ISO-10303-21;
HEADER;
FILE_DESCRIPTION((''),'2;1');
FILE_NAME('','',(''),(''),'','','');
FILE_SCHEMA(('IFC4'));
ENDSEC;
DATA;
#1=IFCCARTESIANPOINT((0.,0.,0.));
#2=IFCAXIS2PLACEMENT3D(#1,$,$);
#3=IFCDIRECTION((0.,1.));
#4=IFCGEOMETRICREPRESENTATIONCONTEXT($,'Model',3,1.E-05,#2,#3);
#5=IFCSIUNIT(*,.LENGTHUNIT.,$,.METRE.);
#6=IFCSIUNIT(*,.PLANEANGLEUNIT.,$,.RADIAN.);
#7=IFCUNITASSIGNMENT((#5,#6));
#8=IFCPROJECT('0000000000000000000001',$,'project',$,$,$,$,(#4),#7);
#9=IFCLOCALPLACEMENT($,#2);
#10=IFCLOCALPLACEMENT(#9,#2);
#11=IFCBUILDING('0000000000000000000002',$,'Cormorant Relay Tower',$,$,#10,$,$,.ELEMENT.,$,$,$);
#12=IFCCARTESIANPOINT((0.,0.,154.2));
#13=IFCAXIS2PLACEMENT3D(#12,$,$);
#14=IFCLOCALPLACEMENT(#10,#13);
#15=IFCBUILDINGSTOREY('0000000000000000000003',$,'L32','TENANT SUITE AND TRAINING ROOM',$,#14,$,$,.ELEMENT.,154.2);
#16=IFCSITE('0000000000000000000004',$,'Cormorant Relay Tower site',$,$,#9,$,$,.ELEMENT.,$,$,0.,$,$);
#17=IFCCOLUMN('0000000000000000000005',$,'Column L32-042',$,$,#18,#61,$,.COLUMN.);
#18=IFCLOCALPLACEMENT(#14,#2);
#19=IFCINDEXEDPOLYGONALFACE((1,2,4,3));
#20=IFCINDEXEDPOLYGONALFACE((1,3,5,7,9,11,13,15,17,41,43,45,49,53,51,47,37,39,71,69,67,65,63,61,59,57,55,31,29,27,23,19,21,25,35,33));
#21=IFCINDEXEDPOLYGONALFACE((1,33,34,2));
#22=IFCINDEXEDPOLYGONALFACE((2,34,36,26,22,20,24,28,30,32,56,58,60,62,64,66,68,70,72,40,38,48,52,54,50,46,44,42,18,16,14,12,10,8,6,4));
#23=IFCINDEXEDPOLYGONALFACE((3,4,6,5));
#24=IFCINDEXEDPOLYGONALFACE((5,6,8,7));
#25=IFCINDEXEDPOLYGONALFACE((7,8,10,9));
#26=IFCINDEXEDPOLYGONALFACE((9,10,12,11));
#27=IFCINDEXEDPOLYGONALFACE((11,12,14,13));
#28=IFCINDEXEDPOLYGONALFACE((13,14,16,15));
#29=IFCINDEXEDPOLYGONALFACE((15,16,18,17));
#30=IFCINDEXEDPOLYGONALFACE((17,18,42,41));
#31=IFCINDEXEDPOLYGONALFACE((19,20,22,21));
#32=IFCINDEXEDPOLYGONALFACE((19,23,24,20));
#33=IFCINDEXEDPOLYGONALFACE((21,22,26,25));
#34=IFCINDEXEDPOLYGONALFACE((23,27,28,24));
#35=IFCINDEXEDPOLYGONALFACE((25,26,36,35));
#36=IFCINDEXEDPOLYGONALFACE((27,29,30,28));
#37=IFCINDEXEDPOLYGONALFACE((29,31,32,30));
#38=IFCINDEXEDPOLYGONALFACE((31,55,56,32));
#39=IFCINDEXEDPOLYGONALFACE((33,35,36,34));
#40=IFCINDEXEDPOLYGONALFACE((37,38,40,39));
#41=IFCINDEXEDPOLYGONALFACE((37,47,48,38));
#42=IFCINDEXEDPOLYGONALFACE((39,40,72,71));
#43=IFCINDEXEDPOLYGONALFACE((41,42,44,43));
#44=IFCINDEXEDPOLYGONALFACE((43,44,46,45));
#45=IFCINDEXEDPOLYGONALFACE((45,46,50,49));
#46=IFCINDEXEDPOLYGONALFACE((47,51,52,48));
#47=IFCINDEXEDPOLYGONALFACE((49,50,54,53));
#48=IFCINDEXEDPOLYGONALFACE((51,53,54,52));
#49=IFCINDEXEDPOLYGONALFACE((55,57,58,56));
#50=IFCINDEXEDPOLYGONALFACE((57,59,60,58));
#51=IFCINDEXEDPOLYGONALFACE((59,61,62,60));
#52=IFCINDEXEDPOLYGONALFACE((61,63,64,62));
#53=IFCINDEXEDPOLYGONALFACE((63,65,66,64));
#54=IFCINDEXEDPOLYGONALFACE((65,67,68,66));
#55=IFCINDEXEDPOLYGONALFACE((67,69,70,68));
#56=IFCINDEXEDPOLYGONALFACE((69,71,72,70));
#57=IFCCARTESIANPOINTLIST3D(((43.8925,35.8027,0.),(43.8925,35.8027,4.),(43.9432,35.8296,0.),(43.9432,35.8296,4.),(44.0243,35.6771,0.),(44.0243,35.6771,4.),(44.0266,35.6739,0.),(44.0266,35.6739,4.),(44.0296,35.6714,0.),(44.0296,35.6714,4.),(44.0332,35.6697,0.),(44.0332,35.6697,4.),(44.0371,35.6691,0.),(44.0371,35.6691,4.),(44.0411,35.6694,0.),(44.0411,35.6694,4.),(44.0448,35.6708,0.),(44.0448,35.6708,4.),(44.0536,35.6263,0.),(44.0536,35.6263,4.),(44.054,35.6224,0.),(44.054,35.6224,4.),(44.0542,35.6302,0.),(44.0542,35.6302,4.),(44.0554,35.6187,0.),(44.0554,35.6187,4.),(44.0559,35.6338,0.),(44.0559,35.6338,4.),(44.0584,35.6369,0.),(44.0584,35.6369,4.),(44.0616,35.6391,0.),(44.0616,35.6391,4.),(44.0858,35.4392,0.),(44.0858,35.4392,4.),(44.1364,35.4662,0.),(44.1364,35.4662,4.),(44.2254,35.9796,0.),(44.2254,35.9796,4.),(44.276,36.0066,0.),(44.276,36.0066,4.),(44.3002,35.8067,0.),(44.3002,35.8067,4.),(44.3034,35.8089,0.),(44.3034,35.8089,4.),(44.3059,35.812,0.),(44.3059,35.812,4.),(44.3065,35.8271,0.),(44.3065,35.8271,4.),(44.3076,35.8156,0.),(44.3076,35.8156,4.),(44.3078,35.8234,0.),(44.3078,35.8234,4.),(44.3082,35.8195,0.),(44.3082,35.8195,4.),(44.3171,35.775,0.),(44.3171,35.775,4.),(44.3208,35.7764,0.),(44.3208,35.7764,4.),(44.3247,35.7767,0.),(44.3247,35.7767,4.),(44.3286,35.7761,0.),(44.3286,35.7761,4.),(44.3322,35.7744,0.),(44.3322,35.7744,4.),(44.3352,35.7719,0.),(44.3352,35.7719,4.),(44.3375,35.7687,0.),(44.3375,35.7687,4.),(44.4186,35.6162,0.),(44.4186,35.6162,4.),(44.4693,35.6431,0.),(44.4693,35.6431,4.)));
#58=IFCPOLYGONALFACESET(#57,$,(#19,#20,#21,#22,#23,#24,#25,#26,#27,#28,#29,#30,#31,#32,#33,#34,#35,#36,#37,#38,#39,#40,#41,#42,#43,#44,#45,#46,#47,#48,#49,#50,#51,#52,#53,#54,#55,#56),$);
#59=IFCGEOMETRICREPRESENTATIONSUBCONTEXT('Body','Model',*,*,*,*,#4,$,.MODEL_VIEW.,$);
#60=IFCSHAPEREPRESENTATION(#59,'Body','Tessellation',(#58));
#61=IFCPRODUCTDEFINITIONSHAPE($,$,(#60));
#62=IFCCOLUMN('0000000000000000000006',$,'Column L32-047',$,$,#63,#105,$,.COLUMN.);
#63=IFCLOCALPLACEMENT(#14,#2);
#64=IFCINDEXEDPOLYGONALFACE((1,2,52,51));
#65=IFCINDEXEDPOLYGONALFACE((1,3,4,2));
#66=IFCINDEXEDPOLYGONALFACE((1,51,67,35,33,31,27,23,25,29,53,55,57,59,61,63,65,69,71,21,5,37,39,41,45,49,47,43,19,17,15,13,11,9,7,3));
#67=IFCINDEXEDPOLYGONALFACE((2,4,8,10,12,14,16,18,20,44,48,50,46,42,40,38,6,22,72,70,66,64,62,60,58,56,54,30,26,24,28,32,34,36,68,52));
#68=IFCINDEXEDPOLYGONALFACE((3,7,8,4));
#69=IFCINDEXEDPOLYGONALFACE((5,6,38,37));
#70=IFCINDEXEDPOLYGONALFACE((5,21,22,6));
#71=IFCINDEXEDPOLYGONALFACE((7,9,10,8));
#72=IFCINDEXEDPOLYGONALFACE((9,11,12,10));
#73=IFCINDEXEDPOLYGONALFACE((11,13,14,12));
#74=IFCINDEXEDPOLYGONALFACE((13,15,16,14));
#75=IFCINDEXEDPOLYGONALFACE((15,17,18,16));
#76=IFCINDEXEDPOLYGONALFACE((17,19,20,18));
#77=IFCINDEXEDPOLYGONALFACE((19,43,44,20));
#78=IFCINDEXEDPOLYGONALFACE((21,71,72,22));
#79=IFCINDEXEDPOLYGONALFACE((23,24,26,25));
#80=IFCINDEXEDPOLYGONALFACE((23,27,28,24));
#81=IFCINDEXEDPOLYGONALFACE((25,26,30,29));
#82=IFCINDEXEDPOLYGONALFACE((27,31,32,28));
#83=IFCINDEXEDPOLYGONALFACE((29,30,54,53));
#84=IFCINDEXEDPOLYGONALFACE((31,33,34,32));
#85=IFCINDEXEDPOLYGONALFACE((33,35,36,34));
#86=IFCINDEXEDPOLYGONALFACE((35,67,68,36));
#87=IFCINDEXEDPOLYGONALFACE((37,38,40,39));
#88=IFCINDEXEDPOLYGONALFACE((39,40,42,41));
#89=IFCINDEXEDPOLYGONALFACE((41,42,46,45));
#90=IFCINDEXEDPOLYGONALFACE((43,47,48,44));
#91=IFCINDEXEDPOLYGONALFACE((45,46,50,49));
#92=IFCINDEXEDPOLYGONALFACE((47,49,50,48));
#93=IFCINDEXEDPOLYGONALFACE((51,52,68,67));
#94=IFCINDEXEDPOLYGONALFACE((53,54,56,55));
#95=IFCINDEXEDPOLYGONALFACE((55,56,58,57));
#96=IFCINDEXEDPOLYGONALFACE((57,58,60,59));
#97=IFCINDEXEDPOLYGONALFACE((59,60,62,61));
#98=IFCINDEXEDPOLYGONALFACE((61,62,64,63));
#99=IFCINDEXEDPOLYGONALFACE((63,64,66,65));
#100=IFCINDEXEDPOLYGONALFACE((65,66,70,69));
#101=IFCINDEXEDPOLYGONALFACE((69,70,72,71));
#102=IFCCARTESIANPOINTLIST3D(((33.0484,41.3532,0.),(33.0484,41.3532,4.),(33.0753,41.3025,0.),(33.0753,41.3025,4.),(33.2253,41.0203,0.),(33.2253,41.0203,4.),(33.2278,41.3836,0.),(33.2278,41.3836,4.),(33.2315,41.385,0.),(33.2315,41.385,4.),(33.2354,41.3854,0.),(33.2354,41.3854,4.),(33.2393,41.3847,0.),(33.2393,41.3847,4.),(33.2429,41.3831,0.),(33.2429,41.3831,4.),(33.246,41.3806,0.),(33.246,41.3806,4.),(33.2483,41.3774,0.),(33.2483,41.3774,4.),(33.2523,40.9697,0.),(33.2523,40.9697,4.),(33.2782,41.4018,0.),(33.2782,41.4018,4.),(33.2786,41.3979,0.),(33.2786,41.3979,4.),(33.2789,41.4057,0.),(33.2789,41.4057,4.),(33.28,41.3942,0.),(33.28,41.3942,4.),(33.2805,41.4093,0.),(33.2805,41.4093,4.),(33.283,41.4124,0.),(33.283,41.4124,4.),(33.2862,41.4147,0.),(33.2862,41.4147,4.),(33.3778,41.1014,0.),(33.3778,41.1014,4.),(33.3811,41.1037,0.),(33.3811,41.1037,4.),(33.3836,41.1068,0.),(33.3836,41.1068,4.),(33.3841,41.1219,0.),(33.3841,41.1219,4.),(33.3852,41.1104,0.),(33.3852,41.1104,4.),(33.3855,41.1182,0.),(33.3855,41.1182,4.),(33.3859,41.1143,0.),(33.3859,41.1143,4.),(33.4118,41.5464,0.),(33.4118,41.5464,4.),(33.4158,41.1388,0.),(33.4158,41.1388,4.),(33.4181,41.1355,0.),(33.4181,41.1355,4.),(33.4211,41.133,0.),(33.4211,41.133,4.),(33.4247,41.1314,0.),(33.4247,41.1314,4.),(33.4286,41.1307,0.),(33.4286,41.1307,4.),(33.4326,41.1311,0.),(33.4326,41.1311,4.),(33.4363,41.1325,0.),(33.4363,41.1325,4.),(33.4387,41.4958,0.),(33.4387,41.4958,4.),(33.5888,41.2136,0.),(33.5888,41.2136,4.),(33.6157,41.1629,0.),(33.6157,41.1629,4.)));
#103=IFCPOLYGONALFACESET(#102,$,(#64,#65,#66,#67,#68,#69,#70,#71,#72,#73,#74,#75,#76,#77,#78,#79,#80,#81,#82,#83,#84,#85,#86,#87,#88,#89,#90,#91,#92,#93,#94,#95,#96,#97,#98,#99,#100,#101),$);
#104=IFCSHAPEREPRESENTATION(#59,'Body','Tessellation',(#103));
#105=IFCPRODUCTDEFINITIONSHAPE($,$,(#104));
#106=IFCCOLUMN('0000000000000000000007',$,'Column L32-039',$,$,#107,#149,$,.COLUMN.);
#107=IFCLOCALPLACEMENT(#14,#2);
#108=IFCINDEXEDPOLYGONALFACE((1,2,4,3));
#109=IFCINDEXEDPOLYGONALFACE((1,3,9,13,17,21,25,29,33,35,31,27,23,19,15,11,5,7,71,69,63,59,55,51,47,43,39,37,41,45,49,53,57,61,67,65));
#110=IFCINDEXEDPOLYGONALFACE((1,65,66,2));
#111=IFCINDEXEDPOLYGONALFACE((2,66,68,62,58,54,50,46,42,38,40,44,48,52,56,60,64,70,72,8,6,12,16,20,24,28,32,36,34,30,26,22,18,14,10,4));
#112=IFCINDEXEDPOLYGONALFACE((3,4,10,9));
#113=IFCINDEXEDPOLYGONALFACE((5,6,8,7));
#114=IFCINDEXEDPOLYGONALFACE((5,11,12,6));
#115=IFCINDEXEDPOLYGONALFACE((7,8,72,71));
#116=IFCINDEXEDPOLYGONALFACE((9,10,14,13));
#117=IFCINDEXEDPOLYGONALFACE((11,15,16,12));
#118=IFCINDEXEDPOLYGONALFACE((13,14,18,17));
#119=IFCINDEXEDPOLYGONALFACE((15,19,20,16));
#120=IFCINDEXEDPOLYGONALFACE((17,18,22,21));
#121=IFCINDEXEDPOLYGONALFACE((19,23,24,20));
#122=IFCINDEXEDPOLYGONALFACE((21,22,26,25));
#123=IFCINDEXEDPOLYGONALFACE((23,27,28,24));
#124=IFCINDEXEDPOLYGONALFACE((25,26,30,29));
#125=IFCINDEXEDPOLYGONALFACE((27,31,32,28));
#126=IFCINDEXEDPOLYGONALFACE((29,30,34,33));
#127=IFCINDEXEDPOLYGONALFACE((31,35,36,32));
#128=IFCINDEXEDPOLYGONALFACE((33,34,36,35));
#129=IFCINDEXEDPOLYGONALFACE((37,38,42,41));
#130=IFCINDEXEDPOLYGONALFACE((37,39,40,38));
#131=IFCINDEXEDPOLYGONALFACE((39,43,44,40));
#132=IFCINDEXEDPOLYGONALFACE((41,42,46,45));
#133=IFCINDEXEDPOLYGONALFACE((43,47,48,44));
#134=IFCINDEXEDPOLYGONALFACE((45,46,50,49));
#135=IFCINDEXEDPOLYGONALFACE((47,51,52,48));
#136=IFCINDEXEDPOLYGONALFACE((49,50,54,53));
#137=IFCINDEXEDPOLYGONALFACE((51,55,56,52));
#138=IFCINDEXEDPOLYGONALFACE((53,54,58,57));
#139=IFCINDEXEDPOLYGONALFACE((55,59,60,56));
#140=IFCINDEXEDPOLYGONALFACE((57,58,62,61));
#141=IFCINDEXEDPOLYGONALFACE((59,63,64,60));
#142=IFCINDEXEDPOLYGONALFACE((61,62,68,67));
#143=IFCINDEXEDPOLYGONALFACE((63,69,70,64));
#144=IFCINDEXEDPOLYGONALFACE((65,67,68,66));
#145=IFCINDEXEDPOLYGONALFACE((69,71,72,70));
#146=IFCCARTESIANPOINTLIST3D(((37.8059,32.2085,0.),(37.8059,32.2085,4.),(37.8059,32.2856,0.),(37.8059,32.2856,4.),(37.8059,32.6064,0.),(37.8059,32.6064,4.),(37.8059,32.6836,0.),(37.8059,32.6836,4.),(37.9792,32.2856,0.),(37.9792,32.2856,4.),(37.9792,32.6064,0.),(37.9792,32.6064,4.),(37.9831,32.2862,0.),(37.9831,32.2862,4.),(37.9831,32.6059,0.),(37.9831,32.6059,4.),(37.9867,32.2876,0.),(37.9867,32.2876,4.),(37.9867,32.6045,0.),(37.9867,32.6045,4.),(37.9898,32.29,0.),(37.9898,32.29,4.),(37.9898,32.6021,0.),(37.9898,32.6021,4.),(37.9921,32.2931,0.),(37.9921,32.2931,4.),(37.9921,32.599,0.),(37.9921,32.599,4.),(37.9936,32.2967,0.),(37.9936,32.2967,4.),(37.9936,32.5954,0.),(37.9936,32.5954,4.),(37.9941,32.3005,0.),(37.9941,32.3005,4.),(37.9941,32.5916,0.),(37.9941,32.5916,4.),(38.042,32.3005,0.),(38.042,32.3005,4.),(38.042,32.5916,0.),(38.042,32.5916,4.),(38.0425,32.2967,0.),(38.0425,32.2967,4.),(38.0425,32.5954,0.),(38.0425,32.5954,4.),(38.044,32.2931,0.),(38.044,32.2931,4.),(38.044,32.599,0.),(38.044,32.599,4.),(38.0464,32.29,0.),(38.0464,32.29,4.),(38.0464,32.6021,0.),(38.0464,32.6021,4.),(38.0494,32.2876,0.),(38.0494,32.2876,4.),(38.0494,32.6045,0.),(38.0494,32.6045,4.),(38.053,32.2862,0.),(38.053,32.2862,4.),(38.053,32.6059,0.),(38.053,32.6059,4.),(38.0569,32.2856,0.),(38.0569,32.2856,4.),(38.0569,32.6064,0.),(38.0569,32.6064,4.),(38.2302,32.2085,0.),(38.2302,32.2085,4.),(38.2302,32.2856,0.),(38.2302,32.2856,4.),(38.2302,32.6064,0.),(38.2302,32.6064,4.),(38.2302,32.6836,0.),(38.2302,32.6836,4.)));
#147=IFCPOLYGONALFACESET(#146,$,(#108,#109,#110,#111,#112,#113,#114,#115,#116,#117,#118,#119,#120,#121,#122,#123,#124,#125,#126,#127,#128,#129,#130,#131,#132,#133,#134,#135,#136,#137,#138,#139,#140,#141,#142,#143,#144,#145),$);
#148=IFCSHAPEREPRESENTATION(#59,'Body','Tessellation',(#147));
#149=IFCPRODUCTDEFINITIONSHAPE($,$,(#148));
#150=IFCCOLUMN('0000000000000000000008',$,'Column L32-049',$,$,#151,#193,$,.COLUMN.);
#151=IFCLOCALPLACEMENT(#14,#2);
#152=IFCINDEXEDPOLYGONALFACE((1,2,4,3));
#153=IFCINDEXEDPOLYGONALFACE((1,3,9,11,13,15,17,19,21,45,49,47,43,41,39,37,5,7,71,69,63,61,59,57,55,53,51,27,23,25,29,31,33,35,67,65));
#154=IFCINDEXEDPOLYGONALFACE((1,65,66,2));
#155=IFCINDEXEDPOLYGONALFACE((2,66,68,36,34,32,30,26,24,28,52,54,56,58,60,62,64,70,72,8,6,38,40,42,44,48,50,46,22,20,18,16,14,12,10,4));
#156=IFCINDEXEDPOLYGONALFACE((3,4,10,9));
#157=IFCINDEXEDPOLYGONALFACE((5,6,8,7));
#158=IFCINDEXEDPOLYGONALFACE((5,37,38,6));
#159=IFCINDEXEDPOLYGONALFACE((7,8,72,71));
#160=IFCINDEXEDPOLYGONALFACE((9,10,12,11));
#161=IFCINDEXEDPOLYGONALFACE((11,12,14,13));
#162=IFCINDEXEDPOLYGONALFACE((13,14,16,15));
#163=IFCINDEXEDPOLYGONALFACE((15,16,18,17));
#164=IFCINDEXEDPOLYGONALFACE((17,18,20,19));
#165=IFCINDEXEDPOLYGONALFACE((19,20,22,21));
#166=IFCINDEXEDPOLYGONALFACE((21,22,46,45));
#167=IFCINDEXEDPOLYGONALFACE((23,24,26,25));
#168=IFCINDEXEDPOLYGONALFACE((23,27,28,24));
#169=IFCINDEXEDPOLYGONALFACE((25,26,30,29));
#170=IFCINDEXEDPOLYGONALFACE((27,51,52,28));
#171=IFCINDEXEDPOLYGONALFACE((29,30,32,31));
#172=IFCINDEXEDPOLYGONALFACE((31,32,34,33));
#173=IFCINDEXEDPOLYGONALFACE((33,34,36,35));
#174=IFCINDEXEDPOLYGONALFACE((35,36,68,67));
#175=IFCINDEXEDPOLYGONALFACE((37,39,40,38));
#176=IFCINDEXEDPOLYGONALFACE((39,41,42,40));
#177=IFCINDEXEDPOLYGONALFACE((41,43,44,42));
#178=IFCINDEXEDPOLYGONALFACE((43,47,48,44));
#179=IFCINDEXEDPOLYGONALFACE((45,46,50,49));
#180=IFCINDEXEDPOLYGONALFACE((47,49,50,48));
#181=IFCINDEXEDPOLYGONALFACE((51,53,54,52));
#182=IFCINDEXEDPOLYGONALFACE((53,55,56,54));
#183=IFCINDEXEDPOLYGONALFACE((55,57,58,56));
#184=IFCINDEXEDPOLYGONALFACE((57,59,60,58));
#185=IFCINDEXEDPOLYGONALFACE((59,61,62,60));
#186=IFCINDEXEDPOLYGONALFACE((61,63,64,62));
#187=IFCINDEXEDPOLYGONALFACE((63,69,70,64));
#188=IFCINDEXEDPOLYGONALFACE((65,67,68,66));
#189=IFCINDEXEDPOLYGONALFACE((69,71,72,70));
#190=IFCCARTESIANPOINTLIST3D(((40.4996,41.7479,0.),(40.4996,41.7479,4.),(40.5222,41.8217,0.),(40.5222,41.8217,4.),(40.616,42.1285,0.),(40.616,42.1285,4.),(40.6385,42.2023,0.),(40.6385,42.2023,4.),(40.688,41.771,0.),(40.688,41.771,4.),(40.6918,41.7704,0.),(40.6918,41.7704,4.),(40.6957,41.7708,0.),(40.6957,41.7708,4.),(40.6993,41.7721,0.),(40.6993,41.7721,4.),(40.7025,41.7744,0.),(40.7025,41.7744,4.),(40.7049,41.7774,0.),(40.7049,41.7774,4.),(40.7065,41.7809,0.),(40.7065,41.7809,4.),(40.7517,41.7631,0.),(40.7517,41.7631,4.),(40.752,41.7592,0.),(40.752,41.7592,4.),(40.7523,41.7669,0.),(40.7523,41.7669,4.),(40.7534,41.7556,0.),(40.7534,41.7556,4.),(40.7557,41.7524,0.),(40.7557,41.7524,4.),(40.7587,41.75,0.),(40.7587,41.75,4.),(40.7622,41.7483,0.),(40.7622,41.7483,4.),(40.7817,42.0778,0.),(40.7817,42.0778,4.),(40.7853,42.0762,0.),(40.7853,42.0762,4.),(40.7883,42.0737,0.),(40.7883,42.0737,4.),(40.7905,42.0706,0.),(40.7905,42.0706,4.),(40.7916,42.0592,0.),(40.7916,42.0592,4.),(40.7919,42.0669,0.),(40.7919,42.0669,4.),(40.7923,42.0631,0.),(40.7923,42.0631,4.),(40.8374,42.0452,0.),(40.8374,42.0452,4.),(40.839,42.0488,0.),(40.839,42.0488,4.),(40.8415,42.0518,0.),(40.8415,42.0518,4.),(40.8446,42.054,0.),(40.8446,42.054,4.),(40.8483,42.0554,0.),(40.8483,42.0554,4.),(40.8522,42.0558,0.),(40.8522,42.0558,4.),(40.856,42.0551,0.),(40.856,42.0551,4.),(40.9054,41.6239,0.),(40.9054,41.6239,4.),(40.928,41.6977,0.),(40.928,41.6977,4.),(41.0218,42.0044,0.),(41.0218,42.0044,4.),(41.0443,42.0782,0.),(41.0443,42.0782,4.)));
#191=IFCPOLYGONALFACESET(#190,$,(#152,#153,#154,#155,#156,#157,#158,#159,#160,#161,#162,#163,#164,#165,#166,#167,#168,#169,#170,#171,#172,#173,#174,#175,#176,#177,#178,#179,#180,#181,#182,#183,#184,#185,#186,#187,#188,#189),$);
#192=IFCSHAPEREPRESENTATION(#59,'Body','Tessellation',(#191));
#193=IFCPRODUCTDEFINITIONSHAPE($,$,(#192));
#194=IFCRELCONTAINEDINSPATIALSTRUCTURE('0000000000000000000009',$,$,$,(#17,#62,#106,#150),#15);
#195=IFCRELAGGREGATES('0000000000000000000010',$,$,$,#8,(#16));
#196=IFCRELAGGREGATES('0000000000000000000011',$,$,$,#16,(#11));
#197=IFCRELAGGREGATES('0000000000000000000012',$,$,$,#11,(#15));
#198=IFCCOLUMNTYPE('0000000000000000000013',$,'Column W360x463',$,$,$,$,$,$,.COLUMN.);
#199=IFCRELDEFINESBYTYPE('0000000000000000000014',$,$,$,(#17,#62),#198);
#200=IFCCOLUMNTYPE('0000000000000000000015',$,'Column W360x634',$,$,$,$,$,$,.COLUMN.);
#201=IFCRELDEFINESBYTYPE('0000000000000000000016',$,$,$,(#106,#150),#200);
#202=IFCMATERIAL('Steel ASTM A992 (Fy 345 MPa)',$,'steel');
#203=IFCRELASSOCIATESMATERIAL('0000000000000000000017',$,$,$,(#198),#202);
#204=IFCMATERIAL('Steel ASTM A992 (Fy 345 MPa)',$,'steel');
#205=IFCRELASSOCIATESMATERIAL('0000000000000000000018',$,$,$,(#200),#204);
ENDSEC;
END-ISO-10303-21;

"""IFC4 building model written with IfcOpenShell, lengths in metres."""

from ifc_helpers import new_model, si_unit, direction, frame, origin, origin_2d, place, context, subcontext, project, spatial, i_section, extrude, material, material_profile, profile_set, type_object, element, save


model = new_model("IFC4")

# Units and contexts
model_context = context("Model", 3, precision=1e-05, world=origin(), true_north=direction((0.0, 1.0)))
body_context = subcontext(model_context, "Body", "Model", "MODEL_VIEW")
ifc_project = project(units=[si_unit("LENGTHUNIT", "METRE"), si_unit("PLANEANGLEUNIT", "RADIAN")], contexts=[model_context])

# Site, building, storey
site_placement = place(None, origin())
site = spatial("IfcSite", under=ifc_project, at=site_placement, Name="Cormorant Relay Tower site", CompositionType="ELEMENT", RefElevation=0.0)
building_placement = place(site_placement, origin())
building = spatial("IfcBuilding", under=site, at=building_placement, Name="Cormorant Relay Tower", CompositionType="ELEMENT")
storey_placement = place(building_placement, frame((0.0, 0.0, 154.2)))
storey = spatial("IfcBuildingStorey", under=building, at=storey_placement, Name="L32", Description="TENANT SUITE AND TRAINING ROOM", CompositionType="ELEMENT", Elevation=154.2)

# Columns
ifc_material_1 = material(Name="Steel ASTM A992 (Fy 345 MPa)", Category="steel")
ifc_material_profile_1 = material_profile(ifc_material_1, i_section(OverallWidth=0.4116, OverallDepth=0.4343, WebThickness=0.0359, FlangeThickness=0.0574, FilletRadius=0.0151, at=origin_2d()), Name="W360x463")
ifc_profile_set_1 = profile_set([ifc_material_profile_1], Name="Steel ASTM A992 (Fy 345 MPa)")
column_type_1 = type_object("IfcColumnType", Name="Column W360x463", PredefinedType="COLUMN", material=ifc_profile_set_1)
for number, where, z_axis, x_axis, name in (
    (1, (44.1809, 35.7229, 0.0), (0.0, 0.0, 1.0), (-0.469472, 0.882948, 0.0), "Column L32-042"),
    (2, (33.332, 41.2581, 0.0), (0.0, 0.0, 1.0), (-0.882948, -0.469472, 0.0), "Column L32-047"),
):
    element("IfcColumn", number, at=place(storey_placement, frame(where, z_axis=z_axis, x_axis=x_axis)), inside=storey, type_object=column_type_1, Name=name, PredefinedType="COLUMN", context=body_context, shape_type="SweptSolid", body=[
        extrude(i_section(OverallWidth=0.4116, OverallDepth=0.4343, WebThickness=0.0359, FlangeThickness=0.0574, FilletRadius=0.0151, at=origin_2d()), origin(), (0.0, 0.0, 1.0), 4.0),
    ])
ifc_material_2 = material(Name="Steel ASTM A992 (Fy 345 MPa)", Category="steel")
ifc_material_profile_2 = material_profile(ifc_material_2, i_section(OverallWidth=0.4243, OverallDepth=0.4751, WebThickness=0.0479, FlangeThickness=0.0771, FilletRadius=0.0149, at=origin_2d()), Name="W360x634")
ifc_profile_set_2 = profile_set([ifc_material_profile_2], Name="Steel ASTM A992 (Fy 345 MPa)")
column_type_2 = type_object("IfcColumnType", Name="Column W360x634", PredefinedType="COLUMN", material=ifc_profile_set_2)
for number, where, z_axis, x_axis, name in (
    (3, (38.0181, 32.446, 0.0), (0.0, 0.0, 1.0), (1.0, 0.0, 0.0), "Column L32-039"),
    (4, (40.772, 41.9131, 0.0), (0.0, 0.0, 1.0), (-0.956305, 0.292372, 0.0), "Column L32-049"),
):
    element("IfcColumn", number, at=place(storey_placement, frame(where, z_axis=z_axis, x_axis=x_axis)), inside=storey, type_object=column_type_2, Name=name, PredefinedType="COLUMN", context=body_context, shape_type="SweptSolid", body=[
        extrude(i_section(OverallWidth=0.4243, OverallDepth=0.4751, WebThickness=0.0479, FlangeThickness=0.0771, FilletRadius=0.0149, at=origin_2d()), origin(), (0.0, 0.0, 1.0), 4.0),
    ])

save(model, "model.ifc")
